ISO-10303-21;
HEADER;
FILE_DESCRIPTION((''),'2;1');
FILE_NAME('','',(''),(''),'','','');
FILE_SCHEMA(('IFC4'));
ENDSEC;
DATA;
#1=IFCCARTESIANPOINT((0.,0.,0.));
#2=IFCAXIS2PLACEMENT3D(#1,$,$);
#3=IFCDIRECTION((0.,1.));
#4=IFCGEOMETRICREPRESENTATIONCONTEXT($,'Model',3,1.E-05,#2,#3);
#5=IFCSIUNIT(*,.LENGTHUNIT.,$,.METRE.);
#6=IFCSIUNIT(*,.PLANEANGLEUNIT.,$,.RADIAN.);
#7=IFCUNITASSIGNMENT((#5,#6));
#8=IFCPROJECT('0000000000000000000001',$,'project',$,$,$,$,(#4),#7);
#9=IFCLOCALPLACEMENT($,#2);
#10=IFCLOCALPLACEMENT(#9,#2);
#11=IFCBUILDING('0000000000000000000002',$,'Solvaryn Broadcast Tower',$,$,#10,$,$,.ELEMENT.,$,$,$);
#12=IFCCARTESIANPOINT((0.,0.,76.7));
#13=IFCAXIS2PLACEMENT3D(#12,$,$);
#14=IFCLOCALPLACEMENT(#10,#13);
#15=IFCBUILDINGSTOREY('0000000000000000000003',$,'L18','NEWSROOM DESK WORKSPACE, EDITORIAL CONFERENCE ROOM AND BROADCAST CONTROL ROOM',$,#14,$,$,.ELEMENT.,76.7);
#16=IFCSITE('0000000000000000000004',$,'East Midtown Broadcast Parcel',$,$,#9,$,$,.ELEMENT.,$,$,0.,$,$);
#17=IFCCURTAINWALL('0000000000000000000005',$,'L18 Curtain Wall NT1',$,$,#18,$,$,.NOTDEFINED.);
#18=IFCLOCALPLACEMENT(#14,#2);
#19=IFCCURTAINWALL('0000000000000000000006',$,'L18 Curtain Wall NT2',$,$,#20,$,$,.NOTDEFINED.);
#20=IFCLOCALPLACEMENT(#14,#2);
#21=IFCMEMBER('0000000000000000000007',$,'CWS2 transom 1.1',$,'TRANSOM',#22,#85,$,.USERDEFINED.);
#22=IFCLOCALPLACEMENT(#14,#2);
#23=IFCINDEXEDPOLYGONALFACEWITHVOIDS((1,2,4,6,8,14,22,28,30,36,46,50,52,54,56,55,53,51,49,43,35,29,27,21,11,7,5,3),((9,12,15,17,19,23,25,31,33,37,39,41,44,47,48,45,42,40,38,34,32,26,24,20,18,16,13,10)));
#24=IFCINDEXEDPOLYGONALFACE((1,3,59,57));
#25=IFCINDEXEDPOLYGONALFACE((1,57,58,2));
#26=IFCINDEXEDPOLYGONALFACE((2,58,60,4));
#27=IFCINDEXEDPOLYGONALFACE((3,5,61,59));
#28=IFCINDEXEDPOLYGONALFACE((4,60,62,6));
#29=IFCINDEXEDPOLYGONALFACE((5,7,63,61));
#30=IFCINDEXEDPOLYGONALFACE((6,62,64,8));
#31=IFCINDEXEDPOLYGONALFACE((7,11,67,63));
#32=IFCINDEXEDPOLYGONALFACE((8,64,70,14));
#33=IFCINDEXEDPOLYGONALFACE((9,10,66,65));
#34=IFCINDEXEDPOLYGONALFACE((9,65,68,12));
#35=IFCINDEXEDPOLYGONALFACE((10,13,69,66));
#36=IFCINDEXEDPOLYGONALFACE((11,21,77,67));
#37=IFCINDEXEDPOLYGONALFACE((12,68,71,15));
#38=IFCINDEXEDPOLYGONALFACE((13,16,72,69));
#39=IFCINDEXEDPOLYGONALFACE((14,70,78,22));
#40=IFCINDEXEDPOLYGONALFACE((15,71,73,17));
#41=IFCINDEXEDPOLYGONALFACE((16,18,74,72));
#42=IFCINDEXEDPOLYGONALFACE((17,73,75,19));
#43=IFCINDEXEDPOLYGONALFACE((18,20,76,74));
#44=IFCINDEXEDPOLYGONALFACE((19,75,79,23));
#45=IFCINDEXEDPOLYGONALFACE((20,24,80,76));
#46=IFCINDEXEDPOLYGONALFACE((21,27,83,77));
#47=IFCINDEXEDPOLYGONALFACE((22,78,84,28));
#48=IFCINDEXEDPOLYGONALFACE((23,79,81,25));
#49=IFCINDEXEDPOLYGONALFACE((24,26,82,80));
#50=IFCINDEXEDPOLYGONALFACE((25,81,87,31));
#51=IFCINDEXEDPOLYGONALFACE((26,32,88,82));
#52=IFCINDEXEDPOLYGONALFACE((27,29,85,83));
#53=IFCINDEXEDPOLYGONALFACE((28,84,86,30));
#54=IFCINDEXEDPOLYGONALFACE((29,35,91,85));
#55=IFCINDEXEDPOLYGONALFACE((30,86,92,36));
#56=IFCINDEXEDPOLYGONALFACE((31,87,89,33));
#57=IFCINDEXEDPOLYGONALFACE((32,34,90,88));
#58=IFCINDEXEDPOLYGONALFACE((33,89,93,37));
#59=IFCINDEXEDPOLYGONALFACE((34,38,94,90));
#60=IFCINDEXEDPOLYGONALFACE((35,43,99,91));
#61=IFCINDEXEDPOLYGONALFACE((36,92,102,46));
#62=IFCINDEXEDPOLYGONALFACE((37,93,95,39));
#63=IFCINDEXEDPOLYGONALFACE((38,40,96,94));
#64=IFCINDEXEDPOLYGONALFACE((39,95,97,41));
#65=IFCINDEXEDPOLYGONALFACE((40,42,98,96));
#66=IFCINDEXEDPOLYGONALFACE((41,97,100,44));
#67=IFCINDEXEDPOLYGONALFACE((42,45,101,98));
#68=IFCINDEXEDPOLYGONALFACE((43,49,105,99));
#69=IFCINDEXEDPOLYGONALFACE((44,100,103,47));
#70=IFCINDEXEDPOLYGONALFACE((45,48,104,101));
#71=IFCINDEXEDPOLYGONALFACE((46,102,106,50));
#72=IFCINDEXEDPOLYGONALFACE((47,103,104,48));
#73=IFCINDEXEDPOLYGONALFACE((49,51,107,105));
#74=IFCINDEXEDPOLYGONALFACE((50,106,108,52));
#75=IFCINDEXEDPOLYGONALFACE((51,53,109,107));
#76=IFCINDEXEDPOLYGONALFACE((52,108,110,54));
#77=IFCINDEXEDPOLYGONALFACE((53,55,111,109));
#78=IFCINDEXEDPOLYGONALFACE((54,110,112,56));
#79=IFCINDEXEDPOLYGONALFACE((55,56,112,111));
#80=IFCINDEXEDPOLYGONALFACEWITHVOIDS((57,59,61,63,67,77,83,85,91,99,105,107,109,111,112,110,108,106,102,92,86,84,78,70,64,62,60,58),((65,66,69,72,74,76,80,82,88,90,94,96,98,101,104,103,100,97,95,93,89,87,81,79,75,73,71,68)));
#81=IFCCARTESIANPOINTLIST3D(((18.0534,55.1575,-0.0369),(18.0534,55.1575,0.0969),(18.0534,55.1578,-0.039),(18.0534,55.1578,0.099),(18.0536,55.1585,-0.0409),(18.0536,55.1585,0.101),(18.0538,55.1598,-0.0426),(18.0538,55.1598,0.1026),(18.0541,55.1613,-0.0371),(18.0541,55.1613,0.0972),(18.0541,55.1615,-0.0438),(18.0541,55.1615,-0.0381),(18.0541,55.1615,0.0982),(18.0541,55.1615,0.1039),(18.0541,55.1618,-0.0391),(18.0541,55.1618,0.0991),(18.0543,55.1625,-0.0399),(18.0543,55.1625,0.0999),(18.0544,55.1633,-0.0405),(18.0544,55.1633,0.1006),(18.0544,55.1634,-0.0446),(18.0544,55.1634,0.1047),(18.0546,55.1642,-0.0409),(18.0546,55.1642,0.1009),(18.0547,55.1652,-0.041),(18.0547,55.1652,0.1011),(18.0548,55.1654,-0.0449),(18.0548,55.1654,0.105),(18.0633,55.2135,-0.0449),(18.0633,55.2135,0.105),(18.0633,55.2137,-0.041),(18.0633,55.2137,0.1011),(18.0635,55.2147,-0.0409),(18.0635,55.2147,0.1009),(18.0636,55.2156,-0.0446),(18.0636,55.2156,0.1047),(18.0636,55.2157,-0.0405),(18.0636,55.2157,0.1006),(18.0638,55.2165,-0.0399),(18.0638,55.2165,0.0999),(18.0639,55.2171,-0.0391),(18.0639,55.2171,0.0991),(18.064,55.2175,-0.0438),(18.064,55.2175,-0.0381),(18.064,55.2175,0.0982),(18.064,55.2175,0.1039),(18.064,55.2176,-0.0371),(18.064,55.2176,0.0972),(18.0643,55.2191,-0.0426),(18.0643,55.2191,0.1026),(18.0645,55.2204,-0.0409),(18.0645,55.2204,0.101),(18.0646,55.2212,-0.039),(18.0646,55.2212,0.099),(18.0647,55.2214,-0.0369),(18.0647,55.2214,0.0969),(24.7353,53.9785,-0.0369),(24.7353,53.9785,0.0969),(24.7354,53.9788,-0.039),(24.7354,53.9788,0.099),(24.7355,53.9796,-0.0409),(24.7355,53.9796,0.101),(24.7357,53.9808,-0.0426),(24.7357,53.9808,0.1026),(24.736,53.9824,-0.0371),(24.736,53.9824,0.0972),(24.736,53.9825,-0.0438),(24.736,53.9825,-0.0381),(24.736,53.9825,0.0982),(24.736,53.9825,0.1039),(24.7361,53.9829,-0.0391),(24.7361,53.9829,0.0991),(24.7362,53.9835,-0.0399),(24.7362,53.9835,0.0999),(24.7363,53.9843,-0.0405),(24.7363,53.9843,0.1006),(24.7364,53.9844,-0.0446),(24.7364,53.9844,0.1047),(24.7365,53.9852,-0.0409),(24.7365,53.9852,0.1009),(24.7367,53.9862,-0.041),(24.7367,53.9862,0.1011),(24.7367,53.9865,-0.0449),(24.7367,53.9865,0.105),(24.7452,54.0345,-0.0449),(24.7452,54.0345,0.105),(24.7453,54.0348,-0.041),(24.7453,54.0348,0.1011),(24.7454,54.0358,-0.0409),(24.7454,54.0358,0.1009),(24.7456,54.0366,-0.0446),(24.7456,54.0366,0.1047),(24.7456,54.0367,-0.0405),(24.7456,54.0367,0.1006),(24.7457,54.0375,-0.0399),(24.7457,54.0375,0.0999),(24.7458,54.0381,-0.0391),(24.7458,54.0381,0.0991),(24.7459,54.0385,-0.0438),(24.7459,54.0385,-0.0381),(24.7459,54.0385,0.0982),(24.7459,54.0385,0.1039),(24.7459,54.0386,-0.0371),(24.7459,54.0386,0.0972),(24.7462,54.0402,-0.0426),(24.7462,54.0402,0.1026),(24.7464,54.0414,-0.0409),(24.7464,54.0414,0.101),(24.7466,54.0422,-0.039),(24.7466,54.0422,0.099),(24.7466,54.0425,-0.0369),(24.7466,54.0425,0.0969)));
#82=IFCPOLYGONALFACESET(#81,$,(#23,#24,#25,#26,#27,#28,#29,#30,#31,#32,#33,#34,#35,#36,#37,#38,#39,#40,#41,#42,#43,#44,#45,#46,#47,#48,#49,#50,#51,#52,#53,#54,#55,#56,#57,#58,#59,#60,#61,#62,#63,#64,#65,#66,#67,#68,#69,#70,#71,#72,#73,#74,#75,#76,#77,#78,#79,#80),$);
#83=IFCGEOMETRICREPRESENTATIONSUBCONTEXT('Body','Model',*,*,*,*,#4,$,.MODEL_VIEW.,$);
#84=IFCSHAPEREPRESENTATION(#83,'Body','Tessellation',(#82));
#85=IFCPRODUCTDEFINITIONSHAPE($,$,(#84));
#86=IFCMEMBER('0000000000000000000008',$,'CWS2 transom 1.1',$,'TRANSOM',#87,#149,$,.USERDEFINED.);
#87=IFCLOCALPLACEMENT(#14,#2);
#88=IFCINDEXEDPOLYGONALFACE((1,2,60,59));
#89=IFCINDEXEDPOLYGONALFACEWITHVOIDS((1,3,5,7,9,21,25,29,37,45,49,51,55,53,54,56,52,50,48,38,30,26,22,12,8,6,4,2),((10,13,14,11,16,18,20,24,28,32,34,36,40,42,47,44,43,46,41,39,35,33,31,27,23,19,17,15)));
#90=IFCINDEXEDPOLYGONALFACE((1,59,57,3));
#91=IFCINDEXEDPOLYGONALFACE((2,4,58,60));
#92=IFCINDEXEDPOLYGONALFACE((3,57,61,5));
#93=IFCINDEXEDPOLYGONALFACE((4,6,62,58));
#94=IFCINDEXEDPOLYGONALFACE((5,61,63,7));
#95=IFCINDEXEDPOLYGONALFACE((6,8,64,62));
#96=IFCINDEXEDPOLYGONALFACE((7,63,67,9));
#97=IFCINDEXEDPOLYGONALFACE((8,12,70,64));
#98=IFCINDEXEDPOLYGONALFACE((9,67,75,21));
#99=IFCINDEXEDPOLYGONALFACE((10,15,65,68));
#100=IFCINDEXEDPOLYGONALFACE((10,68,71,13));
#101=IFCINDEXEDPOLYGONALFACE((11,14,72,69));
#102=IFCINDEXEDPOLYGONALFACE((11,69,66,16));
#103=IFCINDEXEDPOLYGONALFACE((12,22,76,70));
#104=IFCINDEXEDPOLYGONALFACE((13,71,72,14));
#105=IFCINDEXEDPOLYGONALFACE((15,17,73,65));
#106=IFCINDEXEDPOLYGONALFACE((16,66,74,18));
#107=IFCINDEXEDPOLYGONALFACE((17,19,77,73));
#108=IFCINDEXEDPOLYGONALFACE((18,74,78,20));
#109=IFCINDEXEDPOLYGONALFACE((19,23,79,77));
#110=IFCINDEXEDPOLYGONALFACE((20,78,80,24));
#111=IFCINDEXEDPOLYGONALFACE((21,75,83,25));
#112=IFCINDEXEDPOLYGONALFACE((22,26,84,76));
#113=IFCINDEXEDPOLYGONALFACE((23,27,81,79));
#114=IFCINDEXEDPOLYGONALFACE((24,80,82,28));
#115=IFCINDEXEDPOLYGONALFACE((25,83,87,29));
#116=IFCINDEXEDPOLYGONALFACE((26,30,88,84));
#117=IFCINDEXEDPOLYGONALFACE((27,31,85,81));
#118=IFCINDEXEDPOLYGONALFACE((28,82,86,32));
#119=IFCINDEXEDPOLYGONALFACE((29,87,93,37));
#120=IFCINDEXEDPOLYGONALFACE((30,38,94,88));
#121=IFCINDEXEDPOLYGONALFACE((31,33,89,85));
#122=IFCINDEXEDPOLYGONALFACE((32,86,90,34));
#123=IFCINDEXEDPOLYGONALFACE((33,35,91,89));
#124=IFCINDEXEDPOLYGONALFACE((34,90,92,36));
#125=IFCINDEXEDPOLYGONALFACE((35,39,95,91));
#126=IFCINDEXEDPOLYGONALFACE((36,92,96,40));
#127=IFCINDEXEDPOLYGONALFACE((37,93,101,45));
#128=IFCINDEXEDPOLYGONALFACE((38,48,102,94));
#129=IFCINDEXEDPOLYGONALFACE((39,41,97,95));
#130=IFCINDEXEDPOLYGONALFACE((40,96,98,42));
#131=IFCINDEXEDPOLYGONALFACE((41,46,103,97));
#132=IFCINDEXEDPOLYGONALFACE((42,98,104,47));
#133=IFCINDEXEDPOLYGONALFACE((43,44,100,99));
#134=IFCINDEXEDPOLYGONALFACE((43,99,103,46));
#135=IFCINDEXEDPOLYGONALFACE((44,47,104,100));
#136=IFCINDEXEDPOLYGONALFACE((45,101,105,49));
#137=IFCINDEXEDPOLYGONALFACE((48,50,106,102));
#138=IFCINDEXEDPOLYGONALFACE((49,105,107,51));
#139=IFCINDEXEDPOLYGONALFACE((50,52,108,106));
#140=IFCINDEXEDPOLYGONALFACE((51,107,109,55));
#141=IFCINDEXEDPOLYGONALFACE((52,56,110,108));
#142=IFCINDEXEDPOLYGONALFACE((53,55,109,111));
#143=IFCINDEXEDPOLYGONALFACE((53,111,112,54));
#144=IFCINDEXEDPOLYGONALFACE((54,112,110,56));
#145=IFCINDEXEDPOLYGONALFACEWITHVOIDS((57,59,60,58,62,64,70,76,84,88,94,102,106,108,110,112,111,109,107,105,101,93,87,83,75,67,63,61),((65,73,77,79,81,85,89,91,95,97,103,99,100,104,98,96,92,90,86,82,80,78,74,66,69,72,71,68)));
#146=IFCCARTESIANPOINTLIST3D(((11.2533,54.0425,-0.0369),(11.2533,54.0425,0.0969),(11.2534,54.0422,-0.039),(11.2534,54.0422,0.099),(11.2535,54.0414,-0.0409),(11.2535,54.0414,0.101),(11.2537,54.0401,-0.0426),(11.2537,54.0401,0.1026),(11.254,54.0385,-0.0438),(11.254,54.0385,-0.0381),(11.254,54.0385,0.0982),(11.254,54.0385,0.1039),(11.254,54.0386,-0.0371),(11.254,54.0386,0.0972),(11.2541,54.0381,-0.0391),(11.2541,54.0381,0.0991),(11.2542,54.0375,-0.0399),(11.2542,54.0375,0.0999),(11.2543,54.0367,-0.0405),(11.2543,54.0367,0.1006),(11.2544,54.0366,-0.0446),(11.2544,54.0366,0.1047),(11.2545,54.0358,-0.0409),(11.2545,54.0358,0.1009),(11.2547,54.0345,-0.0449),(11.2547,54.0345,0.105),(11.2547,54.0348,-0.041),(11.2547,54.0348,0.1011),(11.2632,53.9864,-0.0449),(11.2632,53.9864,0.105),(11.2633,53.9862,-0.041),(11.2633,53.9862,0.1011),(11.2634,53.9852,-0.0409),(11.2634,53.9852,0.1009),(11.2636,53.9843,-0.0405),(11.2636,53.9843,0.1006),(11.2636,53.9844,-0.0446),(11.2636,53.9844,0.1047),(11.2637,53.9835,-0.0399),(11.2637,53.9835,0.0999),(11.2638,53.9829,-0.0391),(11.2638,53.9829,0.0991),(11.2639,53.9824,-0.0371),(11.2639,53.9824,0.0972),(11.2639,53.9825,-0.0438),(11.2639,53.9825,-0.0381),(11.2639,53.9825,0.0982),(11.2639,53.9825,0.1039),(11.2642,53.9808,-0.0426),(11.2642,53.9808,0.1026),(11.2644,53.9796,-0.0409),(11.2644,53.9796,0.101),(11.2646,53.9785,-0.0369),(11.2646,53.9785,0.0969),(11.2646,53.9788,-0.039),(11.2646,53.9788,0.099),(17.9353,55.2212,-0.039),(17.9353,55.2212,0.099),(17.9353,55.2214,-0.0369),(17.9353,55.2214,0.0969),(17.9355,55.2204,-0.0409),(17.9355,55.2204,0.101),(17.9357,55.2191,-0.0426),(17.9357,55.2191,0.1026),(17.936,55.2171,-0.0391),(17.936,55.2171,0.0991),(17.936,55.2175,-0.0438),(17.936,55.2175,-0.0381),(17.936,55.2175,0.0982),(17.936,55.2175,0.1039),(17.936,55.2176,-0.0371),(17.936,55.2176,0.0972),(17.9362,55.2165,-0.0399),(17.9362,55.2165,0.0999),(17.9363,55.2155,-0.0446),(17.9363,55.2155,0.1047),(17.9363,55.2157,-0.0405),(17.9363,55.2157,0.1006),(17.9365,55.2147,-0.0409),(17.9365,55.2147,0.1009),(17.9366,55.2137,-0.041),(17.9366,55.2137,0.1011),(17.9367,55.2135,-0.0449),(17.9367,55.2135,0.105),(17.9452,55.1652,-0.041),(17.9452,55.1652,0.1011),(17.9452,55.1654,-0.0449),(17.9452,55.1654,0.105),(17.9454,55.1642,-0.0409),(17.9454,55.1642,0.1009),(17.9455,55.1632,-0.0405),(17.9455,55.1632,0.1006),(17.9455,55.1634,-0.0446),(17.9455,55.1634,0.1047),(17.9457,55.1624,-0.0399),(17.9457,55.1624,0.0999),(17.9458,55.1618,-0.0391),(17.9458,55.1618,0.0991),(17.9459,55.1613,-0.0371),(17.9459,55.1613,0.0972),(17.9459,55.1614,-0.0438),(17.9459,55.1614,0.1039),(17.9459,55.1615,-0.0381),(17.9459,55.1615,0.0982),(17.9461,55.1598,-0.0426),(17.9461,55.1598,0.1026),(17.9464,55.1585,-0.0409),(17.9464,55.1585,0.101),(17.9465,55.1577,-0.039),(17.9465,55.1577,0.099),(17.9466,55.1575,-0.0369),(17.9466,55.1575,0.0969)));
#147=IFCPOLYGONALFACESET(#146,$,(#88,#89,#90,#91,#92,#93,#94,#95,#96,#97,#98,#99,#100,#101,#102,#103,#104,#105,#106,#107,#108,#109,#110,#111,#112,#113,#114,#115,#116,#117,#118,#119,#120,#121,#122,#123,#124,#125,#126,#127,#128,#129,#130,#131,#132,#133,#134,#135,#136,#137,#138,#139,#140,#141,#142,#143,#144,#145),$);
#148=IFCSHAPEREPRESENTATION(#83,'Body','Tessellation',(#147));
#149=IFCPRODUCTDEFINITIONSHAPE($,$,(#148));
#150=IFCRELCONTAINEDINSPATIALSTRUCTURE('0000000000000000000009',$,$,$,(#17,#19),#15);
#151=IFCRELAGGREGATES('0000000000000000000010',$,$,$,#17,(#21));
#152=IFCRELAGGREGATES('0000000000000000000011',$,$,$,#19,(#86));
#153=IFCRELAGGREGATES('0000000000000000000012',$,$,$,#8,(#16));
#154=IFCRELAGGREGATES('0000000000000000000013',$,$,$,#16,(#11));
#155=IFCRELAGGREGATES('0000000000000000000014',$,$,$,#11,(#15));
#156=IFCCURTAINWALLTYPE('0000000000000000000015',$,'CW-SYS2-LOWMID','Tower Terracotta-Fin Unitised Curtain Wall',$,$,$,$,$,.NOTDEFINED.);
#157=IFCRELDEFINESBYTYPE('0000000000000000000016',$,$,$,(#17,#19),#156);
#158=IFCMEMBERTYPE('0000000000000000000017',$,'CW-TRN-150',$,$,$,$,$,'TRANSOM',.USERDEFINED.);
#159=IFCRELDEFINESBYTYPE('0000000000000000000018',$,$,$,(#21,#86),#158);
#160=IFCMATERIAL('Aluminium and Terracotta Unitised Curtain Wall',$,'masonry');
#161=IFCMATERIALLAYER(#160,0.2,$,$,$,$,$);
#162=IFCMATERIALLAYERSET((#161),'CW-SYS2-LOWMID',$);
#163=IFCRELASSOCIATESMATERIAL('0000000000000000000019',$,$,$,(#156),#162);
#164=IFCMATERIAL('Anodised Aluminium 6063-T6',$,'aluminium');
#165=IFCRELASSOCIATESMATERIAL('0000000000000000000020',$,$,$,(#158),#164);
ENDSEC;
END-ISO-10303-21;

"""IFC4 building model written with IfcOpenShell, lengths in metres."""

from ifc_helpers import new_model, si_unit, direction, frame, origin, origin_2d, place, context, subcontext, project, spatial, hollow_rectangle, extrude, material, layer, layer_set, material_profile, profile_set, type_object, element, aggregate, save


model = new_model("IFC4")

# Units and contexts
model_context = context("Model", 3, precision=1e-05, world=origin(), true_north=direction((0.0, 1.0)))
body_context = subcontext(model_context, "Body", "Model", "MODEL_VIEW")
ifc_project = project(units=[si_unit("LENGTHUNIT", "METRE"), si_unit("PLANEANGLEUNIT", "RADIAN")], contexts=[model_context])

# Site, building, storey
site_placement = place(None, origin())
site = spatial("IfcSite", under=ifc_project, at=site_placement, Name="East Midtown Broadcast Parcel", CompositionType="ELEMENT", RefElevation=0.0)
building_placement = place(site_placement, origin())
building = spatial("IfcBuilding", under=site, at=building_placement, Name="Solvaryn Broadcast Tower", CompositionType="ELEMENT")
storey_placement = place(building_placement, frame((0.0, 0.0, 76.7)))
storey = spatial("IfcBuildingStorey", under=building, at=storey_placement, Name="L18", Description="NEWSROOM DESK WORKSPACE, EDITORIAL CONFERENCE ROOM AND BROADCAST CONTROL ROOM", CompositionType="ELEMENT", Elevation=76.7)

# Curtain walls
ifc_material_1 = material(Name="Aluminium and Terracotta Unitised Curtain Wall", Category="masonry")
ifc_layer_1 = layer(ifc_material_1, 0.2)
ifc_layer_set_1 = layer_set([ifc_layer_1], Name="CW-SYS2-LOWMID")
curtain_wall_type = type_object("IfcCurtainWallType", Name="CW-SYS2-LOWMID", Description="Tower Terracotta-Fin Unitised Curtain Wall", PredefinedType="NOTDEFINED", material=ifc_layer_set_1)
curtain_wall_1_placement = place(storey_placement, origin())
curtain_wall_1 = element("IfcCurtainWall", 1, at=curtain_wall_1_placement, inside=storey, type_object=curtain_wall_type, Name="L18 Curtain Wall NT1", PredefinedType="NOTDEFINED")
curtain_wall_2_placement = place(storey_placement, origin())
curtain_wall_2 = element("IfcCurtainWall", 2, at=curtain_wall_2_placement, inside=storey, type_object=curtain_wall_type, Name="L18 Curtain Wall NT2", PredefinedType="NOTDEFINED")

# Members
ifc_material_2 = material(Name="Anodised Aluminium 6063-T6", Category="aluminium")
ifc_material_profile_1 = material_profile(ifc_material_2, hollow_rectangle(XDim=0.0649, YDim=0.1499, WallThickness=0.0039, InnerFilletRadius=0.0039, OuterFilletRadius=0.0081, at=origin_2d()))
ifc_profile_set_1 = profile_set([ifc_material_profile_1], Name="Anodised Aluminium 6063-T6")
member_type_1 = type_object("IfcMemberType", Name="CW-TRN-150", ElementType="TRANSOM", PredefinedType="USERDEFINED", material=ifc_profile_set_1)
member_1_placement = place(storey_placement, frame((24.741, 54.0105, 0.03), z_axis=(-0.984789, 0.173757, 0.0), x_axis=(-0.173757, -0.984789, 0.0)))
member_1 = element("IfcMember", 3, at=member_1_placement, type_object=member_type_1, Name="CWS2 transom 1.1", ObjectType="TRANSOM", PredefinedType="USERDEFINED", context=body_context, shape_type="SweptSolid", body=[
    extrude(hollow_rectangle(XDim=0.0649, YDim=0.1499, WallThickness=0.0039, InnerFilletRadius=0.0039, OuterFilletRadius=0.0081, at=origin_2d()), origin(), (0.0, 0.0, 1.0), 6.7852),
])
member_2_placement = place(storey_placement, frame((17.9409, 55.1895, 0.03), z_axis=(-0.984789, -0.173757, 0.0), x_axis=(0.173757, -0.984789, 0.0)))
member_2 = element("IfcMember", 4, at=member_2_placement, type_object=member_type_1, Name="CWS2 transom 1.1", ObjectType="TRANSOM", PredefinedType="USERDEFINED", context=body_context, shape_type="SweptSolid", body=[
    extrude(hollow_rectangle(XDim=0.0649, YDim=0.1499, WallThickness=0.0039, InnerFilletRadius=0.0039, OuterFilletRadius=0.0081, at=origin_2d()), origin(), (0.0, 0.0, 1.0), 6.7852),
])

aggregate(curtain_wall_1, [member_1])
aggregate(curtain_wall_2, [member_2])

save(model, "model.ifc")
